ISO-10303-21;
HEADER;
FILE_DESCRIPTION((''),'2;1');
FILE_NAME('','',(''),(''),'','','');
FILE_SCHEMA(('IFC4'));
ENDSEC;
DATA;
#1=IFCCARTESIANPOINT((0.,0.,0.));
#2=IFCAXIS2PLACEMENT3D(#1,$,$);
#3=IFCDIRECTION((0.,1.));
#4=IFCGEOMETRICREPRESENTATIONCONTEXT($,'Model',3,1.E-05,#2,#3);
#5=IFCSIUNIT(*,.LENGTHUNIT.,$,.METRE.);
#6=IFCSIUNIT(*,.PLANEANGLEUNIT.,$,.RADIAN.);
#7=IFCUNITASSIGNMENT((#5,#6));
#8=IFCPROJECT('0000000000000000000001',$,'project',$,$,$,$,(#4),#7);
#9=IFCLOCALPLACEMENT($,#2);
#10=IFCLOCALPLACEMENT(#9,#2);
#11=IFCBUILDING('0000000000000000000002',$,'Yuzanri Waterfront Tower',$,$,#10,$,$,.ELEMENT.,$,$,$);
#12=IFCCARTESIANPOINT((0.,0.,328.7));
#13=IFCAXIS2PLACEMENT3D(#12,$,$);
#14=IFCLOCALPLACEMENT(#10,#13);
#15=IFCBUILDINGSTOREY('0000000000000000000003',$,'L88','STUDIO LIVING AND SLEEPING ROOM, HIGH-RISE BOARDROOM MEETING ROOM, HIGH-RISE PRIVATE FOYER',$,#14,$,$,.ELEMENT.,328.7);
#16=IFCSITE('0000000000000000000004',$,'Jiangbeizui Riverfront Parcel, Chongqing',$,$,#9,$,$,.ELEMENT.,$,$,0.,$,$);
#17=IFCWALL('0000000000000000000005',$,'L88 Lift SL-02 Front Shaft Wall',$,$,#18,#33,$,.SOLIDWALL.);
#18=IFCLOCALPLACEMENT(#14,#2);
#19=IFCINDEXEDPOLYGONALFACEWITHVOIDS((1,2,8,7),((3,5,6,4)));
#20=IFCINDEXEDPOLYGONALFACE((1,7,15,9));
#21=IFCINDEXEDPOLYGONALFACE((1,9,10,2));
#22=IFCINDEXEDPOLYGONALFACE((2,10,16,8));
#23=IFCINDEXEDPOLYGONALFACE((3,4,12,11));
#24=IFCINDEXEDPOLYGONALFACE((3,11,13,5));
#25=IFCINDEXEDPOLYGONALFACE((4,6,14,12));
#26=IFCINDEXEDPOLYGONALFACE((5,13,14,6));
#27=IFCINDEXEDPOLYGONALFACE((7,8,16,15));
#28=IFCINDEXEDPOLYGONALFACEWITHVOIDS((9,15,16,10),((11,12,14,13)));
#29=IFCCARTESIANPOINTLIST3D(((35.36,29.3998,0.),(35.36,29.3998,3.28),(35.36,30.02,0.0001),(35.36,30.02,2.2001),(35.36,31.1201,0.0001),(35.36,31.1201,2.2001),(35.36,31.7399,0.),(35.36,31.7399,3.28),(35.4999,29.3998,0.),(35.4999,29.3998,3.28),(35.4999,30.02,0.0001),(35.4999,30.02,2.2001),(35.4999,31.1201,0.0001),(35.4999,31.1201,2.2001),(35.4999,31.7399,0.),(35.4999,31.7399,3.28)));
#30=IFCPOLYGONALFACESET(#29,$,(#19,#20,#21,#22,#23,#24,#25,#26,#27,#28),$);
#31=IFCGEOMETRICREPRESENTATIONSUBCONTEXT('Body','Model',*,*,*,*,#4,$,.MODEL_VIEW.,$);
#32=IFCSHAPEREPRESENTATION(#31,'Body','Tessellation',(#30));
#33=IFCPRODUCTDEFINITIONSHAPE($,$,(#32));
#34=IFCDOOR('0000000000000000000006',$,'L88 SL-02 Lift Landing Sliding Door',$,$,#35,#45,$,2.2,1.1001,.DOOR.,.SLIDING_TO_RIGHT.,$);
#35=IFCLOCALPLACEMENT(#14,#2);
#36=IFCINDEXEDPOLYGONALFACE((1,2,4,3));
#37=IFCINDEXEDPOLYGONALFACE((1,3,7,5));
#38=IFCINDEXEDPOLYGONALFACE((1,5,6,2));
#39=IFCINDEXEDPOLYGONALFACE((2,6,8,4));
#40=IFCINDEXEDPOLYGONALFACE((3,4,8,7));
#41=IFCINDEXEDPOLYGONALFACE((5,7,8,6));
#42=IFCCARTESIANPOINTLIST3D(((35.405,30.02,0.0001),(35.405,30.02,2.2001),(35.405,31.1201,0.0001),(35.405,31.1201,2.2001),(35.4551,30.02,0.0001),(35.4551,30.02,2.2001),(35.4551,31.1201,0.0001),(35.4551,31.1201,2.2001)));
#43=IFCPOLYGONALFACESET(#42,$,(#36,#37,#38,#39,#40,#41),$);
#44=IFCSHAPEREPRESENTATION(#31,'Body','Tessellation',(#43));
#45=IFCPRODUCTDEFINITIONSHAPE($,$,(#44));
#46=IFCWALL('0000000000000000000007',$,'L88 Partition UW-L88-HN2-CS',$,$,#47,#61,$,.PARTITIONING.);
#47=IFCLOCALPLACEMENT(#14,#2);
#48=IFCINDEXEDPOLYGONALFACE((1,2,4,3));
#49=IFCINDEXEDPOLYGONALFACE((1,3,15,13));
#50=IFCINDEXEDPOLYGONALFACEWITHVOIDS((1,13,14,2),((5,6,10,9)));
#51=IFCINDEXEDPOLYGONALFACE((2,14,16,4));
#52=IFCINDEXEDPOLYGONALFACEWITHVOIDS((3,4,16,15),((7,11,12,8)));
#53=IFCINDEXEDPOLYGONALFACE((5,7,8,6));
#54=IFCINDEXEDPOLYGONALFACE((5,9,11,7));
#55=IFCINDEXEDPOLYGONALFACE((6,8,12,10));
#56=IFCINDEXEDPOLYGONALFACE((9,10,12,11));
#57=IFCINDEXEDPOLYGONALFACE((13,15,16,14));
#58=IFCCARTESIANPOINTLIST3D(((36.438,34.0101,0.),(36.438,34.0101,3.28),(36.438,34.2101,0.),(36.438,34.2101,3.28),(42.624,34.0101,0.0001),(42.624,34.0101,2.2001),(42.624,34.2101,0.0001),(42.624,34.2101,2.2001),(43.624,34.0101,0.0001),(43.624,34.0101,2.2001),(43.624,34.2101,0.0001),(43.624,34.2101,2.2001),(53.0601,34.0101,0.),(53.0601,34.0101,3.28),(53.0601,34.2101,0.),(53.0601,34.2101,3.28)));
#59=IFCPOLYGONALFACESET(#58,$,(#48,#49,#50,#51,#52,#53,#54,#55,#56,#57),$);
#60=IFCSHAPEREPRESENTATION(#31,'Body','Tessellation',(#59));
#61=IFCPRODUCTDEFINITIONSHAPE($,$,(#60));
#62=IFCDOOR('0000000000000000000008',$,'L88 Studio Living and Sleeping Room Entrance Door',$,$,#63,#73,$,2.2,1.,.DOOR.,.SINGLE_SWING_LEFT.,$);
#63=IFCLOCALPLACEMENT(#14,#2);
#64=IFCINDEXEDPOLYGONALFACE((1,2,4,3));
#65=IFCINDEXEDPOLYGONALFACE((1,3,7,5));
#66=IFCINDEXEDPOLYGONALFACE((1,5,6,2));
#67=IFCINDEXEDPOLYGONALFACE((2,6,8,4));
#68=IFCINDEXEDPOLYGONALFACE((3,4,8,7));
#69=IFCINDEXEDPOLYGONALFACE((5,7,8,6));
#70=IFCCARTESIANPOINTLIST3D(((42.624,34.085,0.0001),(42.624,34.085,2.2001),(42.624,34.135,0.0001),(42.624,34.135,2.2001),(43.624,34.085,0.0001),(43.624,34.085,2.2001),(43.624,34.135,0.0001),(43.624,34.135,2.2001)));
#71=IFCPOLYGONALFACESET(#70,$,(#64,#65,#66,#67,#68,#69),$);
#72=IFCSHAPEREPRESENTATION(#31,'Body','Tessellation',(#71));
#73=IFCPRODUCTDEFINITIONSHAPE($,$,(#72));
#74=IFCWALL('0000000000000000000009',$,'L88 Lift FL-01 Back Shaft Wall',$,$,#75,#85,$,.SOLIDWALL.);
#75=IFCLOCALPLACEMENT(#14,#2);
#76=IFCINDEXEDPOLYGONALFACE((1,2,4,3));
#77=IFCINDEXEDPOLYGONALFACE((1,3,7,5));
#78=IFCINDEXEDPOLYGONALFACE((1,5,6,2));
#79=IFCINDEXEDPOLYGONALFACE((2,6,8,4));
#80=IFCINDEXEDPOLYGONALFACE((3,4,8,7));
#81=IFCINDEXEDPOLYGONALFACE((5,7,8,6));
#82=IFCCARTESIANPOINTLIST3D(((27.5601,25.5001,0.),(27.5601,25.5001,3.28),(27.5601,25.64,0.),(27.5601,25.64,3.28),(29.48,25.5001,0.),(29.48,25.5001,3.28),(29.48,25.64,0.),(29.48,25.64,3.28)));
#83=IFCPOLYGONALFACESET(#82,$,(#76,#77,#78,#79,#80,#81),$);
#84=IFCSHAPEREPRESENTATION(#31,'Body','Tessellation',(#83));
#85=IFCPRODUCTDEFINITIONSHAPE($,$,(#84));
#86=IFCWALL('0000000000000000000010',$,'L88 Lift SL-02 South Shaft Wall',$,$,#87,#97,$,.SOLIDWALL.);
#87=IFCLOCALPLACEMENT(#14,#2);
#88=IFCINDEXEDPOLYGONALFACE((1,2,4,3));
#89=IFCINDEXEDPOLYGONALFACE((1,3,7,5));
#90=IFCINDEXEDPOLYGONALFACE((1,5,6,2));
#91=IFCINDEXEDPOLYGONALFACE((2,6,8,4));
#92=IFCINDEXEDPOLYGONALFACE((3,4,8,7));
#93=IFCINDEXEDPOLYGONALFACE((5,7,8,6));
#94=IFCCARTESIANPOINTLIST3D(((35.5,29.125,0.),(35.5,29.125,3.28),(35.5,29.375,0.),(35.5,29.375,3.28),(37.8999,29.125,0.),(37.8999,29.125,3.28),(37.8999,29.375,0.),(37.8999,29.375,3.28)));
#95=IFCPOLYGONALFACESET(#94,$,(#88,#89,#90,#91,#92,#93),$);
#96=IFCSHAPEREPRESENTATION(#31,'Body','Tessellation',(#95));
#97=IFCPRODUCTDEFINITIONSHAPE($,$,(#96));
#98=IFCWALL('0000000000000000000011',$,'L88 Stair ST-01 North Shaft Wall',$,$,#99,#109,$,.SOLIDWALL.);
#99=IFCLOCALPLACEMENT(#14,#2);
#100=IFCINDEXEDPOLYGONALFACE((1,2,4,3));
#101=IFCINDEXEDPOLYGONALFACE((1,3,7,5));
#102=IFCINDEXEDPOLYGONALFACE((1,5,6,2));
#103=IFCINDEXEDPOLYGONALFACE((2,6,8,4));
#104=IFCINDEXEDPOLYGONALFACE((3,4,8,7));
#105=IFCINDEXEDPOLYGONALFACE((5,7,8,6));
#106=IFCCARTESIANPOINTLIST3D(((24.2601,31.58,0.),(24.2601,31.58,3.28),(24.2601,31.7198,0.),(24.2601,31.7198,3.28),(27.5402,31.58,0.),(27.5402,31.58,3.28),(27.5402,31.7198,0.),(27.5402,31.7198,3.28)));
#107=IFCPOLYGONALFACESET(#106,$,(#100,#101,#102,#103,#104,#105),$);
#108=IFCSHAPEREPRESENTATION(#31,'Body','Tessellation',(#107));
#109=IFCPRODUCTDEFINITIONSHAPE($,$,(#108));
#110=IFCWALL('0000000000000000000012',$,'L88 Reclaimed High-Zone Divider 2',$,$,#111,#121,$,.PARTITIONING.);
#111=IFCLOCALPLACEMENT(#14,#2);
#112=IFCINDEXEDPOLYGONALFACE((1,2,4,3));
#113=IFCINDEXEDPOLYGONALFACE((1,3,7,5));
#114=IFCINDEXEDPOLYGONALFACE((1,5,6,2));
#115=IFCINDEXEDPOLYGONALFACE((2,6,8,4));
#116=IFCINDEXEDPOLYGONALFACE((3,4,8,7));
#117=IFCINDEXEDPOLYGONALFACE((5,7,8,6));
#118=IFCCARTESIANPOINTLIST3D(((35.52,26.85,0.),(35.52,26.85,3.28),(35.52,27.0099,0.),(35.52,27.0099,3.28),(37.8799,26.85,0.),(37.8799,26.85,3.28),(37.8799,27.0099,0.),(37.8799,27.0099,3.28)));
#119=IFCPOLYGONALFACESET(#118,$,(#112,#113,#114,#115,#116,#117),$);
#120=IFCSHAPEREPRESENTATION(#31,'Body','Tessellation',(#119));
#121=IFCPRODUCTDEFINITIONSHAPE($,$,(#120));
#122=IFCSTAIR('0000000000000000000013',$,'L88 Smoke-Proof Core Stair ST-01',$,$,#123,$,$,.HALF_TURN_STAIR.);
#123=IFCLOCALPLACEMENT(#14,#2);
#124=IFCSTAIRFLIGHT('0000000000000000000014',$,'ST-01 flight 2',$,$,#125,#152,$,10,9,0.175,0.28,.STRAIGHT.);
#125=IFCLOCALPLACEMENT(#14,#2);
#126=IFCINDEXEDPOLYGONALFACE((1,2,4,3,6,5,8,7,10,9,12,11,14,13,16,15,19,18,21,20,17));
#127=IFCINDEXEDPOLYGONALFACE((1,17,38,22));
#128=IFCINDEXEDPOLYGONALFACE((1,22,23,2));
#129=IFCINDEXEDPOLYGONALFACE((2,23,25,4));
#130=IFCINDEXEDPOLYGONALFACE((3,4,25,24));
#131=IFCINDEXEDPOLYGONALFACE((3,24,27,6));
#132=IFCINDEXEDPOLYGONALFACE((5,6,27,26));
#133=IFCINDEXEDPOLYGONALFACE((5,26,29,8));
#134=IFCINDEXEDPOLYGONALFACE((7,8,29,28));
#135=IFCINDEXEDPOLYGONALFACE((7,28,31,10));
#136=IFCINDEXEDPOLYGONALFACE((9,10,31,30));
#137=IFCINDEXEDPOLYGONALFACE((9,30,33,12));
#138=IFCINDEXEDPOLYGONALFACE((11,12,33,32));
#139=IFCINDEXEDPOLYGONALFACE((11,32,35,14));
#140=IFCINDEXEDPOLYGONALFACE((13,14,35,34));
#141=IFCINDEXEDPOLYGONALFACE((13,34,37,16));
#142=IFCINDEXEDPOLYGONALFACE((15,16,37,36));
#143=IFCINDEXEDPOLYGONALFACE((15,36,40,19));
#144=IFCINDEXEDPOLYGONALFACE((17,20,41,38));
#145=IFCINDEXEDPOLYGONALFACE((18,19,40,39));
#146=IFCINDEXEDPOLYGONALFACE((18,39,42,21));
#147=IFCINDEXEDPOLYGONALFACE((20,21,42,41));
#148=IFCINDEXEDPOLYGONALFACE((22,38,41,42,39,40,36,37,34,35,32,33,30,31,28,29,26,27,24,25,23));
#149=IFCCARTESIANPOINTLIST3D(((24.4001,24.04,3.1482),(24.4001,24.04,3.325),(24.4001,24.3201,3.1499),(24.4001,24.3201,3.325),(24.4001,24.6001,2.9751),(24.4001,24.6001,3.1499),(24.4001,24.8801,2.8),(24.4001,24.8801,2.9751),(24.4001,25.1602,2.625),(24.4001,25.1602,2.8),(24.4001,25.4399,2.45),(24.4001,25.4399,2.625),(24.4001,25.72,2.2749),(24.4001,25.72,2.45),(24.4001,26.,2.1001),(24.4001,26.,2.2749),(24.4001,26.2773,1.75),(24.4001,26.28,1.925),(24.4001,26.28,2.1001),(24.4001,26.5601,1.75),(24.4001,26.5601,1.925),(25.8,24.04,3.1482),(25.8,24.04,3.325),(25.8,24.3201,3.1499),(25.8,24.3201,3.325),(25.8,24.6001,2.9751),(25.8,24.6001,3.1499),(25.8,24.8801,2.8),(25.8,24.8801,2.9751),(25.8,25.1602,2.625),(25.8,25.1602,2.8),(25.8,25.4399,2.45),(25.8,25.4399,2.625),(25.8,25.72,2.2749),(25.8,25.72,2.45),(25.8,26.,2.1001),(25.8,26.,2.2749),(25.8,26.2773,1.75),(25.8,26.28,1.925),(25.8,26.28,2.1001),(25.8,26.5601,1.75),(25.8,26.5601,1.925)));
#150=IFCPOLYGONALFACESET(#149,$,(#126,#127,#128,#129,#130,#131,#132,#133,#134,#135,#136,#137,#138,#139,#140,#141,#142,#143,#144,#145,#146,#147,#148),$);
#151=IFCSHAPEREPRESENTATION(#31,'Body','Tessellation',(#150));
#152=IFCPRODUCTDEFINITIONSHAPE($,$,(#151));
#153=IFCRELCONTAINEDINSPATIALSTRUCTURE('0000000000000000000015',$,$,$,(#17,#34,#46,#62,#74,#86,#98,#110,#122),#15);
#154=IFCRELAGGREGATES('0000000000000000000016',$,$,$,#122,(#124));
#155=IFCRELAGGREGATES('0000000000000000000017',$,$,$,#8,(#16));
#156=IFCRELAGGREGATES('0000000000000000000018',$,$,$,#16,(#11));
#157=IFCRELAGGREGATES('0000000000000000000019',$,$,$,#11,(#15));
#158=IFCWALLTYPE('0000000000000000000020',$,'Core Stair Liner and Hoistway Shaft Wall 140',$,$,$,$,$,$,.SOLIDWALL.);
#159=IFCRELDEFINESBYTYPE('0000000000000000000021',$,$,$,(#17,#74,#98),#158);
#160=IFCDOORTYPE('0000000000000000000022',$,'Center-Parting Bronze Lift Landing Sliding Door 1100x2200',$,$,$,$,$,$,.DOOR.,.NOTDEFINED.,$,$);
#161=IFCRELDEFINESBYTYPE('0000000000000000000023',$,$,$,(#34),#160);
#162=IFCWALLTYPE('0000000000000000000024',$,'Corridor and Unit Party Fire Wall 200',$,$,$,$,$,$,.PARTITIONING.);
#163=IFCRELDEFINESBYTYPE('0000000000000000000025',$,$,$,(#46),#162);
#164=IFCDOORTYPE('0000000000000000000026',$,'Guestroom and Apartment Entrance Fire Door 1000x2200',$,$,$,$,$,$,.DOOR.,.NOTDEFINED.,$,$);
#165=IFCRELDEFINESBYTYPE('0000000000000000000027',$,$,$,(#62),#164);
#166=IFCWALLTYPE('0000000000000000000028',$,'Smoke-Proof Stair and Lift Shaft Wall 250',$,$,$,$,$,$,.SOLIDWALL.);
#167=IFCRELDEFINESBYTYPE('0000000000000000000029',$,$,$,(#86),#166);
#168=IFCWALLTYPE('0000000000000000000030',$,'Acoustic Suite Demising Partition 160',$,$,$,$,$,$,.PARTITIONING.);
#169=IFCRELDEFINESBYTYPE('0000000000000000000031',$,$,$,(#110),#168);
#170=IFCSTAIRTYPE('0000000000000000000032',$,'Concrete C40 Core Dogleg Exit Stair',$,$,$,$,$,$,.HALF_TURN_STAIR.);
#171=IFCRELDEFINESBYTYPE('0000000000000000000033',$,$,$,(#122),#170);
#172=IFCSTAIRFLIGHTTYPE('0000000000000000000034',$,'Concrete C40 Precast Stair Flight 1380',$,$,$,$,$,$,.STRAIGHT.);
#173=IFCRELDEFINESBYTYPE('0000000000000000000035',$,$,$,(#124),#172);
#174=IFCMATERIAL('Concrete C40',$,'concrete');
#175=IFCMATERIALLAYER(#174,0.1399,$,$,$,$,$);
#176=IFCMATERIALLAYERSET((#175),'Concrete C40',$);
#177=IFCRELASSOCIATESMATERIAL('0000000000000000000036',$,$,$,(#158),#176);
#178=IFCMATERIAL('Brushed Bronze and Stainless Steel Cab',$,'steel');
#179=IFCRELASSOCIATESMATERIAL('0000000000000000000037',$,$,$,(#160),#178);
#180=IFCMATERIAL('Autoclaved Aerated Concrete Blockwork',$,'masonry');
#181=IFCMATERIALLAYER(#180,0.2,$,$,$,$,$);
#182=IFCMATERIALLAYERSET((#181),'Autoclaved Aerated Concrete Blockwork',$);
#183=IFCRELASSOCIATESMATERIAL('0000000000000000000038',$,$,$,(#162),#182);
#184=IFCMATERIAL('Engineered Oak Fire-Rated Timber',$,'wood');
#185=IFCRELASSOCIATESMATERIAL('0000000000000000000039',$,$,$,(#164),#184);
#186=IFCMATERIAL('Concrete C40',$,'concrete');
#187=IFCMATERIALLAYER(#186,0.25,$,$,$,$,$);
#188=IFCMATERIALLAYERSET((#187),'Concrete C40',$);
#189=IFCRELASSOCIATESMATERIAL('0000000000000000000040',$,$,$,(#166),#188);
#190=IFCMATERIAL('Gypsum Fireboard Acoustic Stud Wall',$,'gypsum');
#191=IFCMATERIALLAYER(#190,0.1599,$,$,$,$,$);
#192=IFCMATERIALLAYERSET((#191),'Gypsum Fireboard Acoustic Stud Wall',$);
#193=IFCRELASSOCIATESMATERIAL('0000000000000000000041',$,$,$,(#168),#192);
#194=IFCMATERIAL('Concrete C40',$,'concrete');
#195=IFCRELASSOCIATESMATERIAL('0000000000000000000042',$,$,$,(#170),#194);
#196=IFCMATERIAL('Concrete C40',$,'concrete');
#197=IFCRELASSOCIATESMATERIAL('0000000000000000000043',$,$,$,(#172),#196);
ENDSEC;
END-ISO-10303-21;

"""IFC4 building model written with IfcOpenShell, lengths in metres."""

from ifc_helpers import new_model, si_unit, direction, frame, frame_2d, origin, place, context, subcontext, project, spatial, polyline, rectangle, outline, extrude, source, transform, mapped, material, layer, layer_set, type_object, element, fill, aggregate, save


model = new_model("IFC4")

# Units and contexts
model_context = context("Model", 3, precision=1e-05, world=origin(), true_north=direction((0.0, 1.0)))
body_context = subcontext(model_context, "Body", "Model", "MODEL_VIEW")
ifc_project = project(units=[si_unit("LENGTHUNIT", "METRE"), si_unit("PLANEANGLEUNIT", "RADIAN")], contexts=[model_context])

# Site, building, storey
site_placement = place(None, origin())
site = spatial("IfcSite", under=ifc_project, at=site_placement, Name="Jiangbeizui Riverfront Parcel, Chongqing", CompositionType="ELEMENT", RefElevation=0.0)
building_placement = place(site_placement, origin())
building = spatial("IfcBuilding", under=site, at=building_placement, Name="Yuzanri Waterfront Tower", CompositionType="ELEMENT")
storey_placement = place(building_placement, frame((0.0, 0.0, 328.7)))
storey = spatial("IfcBuildingStorey", under=building, at=storey_placement, Name="L88", Description="STUDIO LIVING AND SLEEPING ROOM, HIGH-RISE BOARDROOM MEETING ROOM, HIGH-RISE PRIVATE FOYER", CompositionType="ELEMENT", Elevation=328.7)

# Walls, openings, doors
ifc_material_1 = material(Name="Concrete C40", Category="concrete")
ifc_layer_1 = layer(ifc_material_1, 0.1399)
ifc_layer_set_1 = layer_set([ifc_layer_1], Name="Concrete C40")
wall_type_1 = type_object("IfcWallType", Name="Core Stair Liner and Hoistway Shaft Wall 140", PredefinedType="SOLIDWALL", material=ifc_layer_set_1)
wall_1_placement = place(storey_placement, frame((35.4299, 29.3999, 0.0), z_axis=(0.0, 0.0, 1.0), x_axis=(0.0, 1.0, 0.0)))
wall_1 = element("IfcWall", 1, at=wall_1_placement, inside=storey, type_object=wall_type_1, Name="L88 Lift SL-02 Front Shaft Wall", PredefinedType="SOLIDWALL", context=body_context, shape_type="SweptSolid", body=[
    extrude(rectangle(XDim=2.3401, YDim=0.1399, at=frame_2d((1.1699, 0.0))), origin(), (0.0, 0.0, 1.0), 3.28),
])
opening_1_placement = place(wall_1_placement, frame((0.6201, 0.0, 0.0)))
opening_1 = element("IfcOpeningElement", 2, at=opening_1_placement, cuts=wall_1, PredefinedType="OPENING", context=body_context, shape_type="SweptSolid", body=[
    extrude(rectangle(XDim=1.1001, YDim=2.2, at=frame_2d((0.55, 1.1001))), frame((0.0, 0.085, 0.0), z_axis=(0.0, -1.0, 0.0), x_axis=(1.0, 0.0, 0.0)), (0.0, 0.0, 1.0), 0.1697),
])
ifc_material_2 = material(Name="Brushed Bronze and Stainless Steel Cab", Category="steel")
door_type_1 = type_object("IfcDoorType", Name="Center-Parting Bronze Lift Landing Sliding Door 1100x2200", OperationType="NOTDEFINED", PredefinedType="DOOR", material=ifc_material_2)
shared_shape_1 = source(origin(), body_context, "Body", "SweptSolid", [
    extrude(rectangle(XDim=1.1001, YDim=2.2, at=frame_2d((0.55, 1.1001))), frame((0.0, 0.0249, 0.0), z_axis=(0.0, -1.0, 0.0), x_axis=(1.0, 0.0, 0.0)), (0.0, 0.0, 1.0), 0.05),
])
door_1_placement = place(opening_1_placement, origin())
door_1 = element("IfcDoor", 3, at=door_1_placement, inside=storey, type_object=door_type_1, Name="L88 SL-02 Lift Landing Sliding Door", OperationType="SLIDING_TO_RIGHT", OverallHeight=2.2, OverallWidth=1.1001, PredefinedType="DOOR", context=body_context, shape_type="MappedRepresentation", body=[
    mapped(shared_shape_1, transform((0.0, 0.0, 0.0), scale=1.0)),
])
fill(opening_1, door_1)
ifc_material_3 = material(Name="Autoclaved Aerated Concrete Blockwork", Category="masonry")
ifc_layer_2 = layer(ifc_material_3, 0.2)
ifc_layer_set_2 = layer_set([ifc_layer_2], Name="Autoclaved Aerated Concrete Blockwork")
wall_type_2 = type_object("IfcWallType", Name="Corridor and Unit Party Fire Wall 200", PredefinedType="PARTITIONING", material=ifc_layer_set_2)
wall_2_placement = place(storey_placement, frame((36.438, 34.1101, 0.0), z_axis=(0.0, 0.0, 1.0), x_axis=(1.0, 0.0, 0.0)))
wall_2 = element("IfcWall", 4, at=wall_2_placement, inside=storey, type_object=wall_type_2, Name="L88 Partition UW-L88-HN2-CS", PredefinedType="PARTITIONING", context=body_context, shape_type="SweptSolid", body=[
    extrude(rectangle(XDim=16.6221, YDim=0.2, at=frame_2d((8.311, 0.0))), origin(), (0.0, 0.0, 1.0), 3.28),
])
opening_2_placement = place(wall_2_placement, frame((6.186, 0.0, 0.0)))
opening_2 = element("IfcOpeningElement", 5, at=opening_2_placement, cuts=wall_2, PredefinedType="OPENING", context=body_context, shape_type="SweptSolid", body=[
    extrude(rectangle(XDim=1.0, YDim=2.2, at=frame_2d((0.5, 1.1001))), frame((0.0, 0.1147, 0.0), z_axis=(0.0, -1.0, 0.0), x_axis=(1.0, 0.0, 0.0)), (0.0, 0.0, 1.0), 0.2297),
])
ifc_material_4 = material(Name="Engineered Oak Fire-Rated Timber", Category="wood")
door_type_2 = type_object("IfcDoorType", Name="Guestroom and Apartment Entrance Fire Door 1000x2200", OperationType="NOTDEFINED", PredefinedType="DOOR", material=ifc_material_4)
shared_shape_2 = source(origin(), body_context, "Body", "SweptSolid", [
    extrude(rectangle(XDim=1.0, YDim=2.2, at=frame_2d((0.5, 1.1001))), frame((0.0, 0.0249, 0.0), z_axis=(0.0, -1.0, 0.0), x_axis=(1.0, 0.0, 0.0)), (0.0, 0.0, 1.0), 0.05),
])
door_2_placement = place(opening_2_placement, origin())
door_2 = element("IfcDoor", 6, at=door_2_placement, inside=storey, type_object=door_type_2, Name="L88 Studio Living and Sleeping Room Entrance Door", OperationType="SINGLE_SWING_LEFT", OverallHeight=2.2, OverallWidth=1.0, PredefinedType="DOOR", context=body_context, shape_type="MappedRepresentation", body=[
    mapped(shared_shape_2, transform((0.0, 0.0, 0.0), scale=1.0)),
])
fill(opening_2, door_2)

# Walls
shared_shape_3 = source(origin(), body_context, "Body", "SweptSolid", [
    extrude(rectangle(XDim=1.9199, YDim=0.1399, at=frame_2d((0.96, 0.0))), origin(), (0.0, 0.0, 1.0), 3.28),
])
wall_3_placement = place(storey_placement, frame((27.5601, 25.5701, 0.0), z_axis=(0.0, 0.0, 1.0), x_axis=(1.0, 0.0, 0.0)))
element("IfcWall", 7, at=wall_3_placement, inside=storey, type_object=wall_type_1, Name="L88 Lift FL-01 Back Shaft Wall", PredefinedType="SOLIDWALL", context=body_context, shape_type="MappedRepresentation", body=[
    mapped(shared_shape_3, transform((0.0, 0.0, 0.0), scale=1.0)),
])
ifc_material_5 = material(Name="Concrete C40", Category="concrete")
ifc_layer_3 = layer(ifc_material_5, 0.25)
ifc_layer_set_3 = layer_set([ifc_layer_3], Name="Concrete C40")
wall_type_3 = type_object("IfcWallType", Name="Smoke-Proof Stair and Lift Shaft Wall 250", PredefinedType="SOLIDWALL", material=ifc_layer_set_3)
shared_shape_4 = source(origin(), body_context, "Body", "SweptSolid", [
    extrude(rectangle(XDim=2.3999, YDim=0.25, at=frame_2d((1.2, 0.0))), origin(), (0.0, 0.0, 1.0), 3.28),
])
wall_4_placement = place(storey_placement, frame((35.5, 29.25, 0.0), z_axis=(0.0, 0.0, 1.0), x_axis=(1.0, 0.0, 0.0)))
element("IfcWall", 8, at=wall_4_placement, inside=storey, type_object=wall_type_3, Name="L88 Lift SL-02 South Shaft Wall", PredefinedType="SOLIDWALL", context=body_context, shape_type="MappedRepresentation", body=[
    mapped(shared_shape_4, transform((0.0, 0.0, 0.0), scale=1.0)),
])
shared_shape_5 = source(origin(), body_context, "Body", "SweptSolid", [
    extrude(rectangle(XDim=3.28, YDim=0.1399, at=frame_2d((1.6401, 0.0))), origin(), (0.0, 0.0, 1.0), 3.28),
])
wall_5_placement = place(storey_placement, frame((24.26, 31.6499, 0.0), z_axis=(0.0, 0.0, 1.0), x_axis=(1.0, 0.0, 0.0)))
element("IfcWall", 9, at=wall_5_placement, inside=storey, type_object=wall_type_1, Name="L88 Stair ST-01 North Shaft Wall", PredefinedType="SOLIDWALL", context=body_context, shape_type="MappedRepresentation", body=[
    mapped(shared_shape_5, transform((0.0, 0.0, 0.0), scale=1.0)),
])
ifc_material_6 = material(Name="Gypsum Fireboard Acoustic Stud Wall", Category="gypsum")
ifc_layer_4 = layer(ifc_material_6, 0.1599)
ifc_layer_set_4 = layer_set([ifc_layer_4], Name="Gypsum Fireboard Acoustic Stud Wall")
wall_type_4 = type_object("IfcWallType", Name="Acoustic Suite Demising Partition 160", PredefinedType="PARTITIONING", material=ifc_layer_set_4)
shared_shape_6 = source(origin(), body_context, "Body", "SweptSolid", [
    extrude(rectangle(XDim=2.3599, YDim=0.1599, at=frame_2d((1.1799, 0.0))), origin(), (0.0, 0.0, 1.0), 3.28),
])
wall_6_placement = place(storey_placement, frame((35.52, 26.9299, 0.0), z_axis=(0.0, 0.0, 1.0), x_axis=(1.0, 0.0, 0.0)))
element("IfcWall", 10, at=wall_6_placement, inside=storey, type_object=wall_type_4, Name="L88 Reclaimed High-Zone Divider 2", PredefinedType="PARTITIONING", context=body_context, shape_type="MappedRepresentation", body=[
    mapped(shared_shape_6, transform((0.0, 0.0, 0.0), scale=1.0)),
])

# Stair, stair flight
ifc_material_7 = material(Name="Concrete C40", Category="concrete")
stair_type = type_object("IfcStairType", Name="Concrete C40 Core Dogleg Exit Stair", PredefinedType="HALF_TURN_STAIR", material=ifc_material_7)
stair_placement = place(storey_placement, origin())
stair = element("IfcStair", 11, at=stair_placement, inside=storey, type_object=stair_type, Name="L88 Smoke-Proof Core Stair ST-01", PredefinedType="HALF_TURN_STAIR")
ifc_material_8 = material(Name="Concrete C40", Category="concrete")
stair_flight_type = type_object("IfcStairFlightType", Name="Concrete C40 Precast Stair Flight 1380", PredefinedType="STRAIGHT", material=ifc_material_8)
shared_shape_7 = source(origin(), body_context, "Body", "SweptSolid", [
    extrude(outline(polyline([(0.0, 0.0), (0.0, 0.175), (0.28, 0.175), (0.28, 0.3501), (0.5601, 0.3501), (0.5601, 0.5249), (0.8401, 0.5249), (0.8401, 0.7), (1.1201, 0.7), (1.1201, 0.875), (1.3999, 0.875), (1.3999, 1.05), (1.6799, 1.05), (1.6799, 1.2251), (1.96, 1.2251), (1.96, 1.3999), (2.24, 1.3999), (2.24, 1.575), (2.52, 1.575), (2.52, 1.75), (2.52, 1.3982), (0.2827, 0.0), (0.0, 0.0)])), frame((0.0, 0.7, 0.0), z_axis=(0.0, -1.0, 0.0), x_axis=(1.0, 0.0, 0.0)), (0.0, 0.0, 1.0), 1.3999),
])
stair_flight_placement = place(storey_placement, frame((25.1001, 26.5601, 1.75), z_axis=(0.0, 0.0, 1.0), x_axis=(0.0, -1.0, 0.0)))
stair_flight = element("IfcStairFlight", 12, at=stair_flight_placement, type_object=stair_flight_type, Name="ST-01 flight 2", NumberOfRisers=10, NumberOfTreads=9, PredefinedType="STRAIGHT", RiserHeight=0.175, TreadLength=0.28, context=body_context, shape_type="MappedRepresentation", body=[
    mapped(shared_shape_7, transform((0.0, 0.0, 0.0), scale=1.0)),
])
aggregate(stair, [stair_flight])

save(model, "model.ifc")
